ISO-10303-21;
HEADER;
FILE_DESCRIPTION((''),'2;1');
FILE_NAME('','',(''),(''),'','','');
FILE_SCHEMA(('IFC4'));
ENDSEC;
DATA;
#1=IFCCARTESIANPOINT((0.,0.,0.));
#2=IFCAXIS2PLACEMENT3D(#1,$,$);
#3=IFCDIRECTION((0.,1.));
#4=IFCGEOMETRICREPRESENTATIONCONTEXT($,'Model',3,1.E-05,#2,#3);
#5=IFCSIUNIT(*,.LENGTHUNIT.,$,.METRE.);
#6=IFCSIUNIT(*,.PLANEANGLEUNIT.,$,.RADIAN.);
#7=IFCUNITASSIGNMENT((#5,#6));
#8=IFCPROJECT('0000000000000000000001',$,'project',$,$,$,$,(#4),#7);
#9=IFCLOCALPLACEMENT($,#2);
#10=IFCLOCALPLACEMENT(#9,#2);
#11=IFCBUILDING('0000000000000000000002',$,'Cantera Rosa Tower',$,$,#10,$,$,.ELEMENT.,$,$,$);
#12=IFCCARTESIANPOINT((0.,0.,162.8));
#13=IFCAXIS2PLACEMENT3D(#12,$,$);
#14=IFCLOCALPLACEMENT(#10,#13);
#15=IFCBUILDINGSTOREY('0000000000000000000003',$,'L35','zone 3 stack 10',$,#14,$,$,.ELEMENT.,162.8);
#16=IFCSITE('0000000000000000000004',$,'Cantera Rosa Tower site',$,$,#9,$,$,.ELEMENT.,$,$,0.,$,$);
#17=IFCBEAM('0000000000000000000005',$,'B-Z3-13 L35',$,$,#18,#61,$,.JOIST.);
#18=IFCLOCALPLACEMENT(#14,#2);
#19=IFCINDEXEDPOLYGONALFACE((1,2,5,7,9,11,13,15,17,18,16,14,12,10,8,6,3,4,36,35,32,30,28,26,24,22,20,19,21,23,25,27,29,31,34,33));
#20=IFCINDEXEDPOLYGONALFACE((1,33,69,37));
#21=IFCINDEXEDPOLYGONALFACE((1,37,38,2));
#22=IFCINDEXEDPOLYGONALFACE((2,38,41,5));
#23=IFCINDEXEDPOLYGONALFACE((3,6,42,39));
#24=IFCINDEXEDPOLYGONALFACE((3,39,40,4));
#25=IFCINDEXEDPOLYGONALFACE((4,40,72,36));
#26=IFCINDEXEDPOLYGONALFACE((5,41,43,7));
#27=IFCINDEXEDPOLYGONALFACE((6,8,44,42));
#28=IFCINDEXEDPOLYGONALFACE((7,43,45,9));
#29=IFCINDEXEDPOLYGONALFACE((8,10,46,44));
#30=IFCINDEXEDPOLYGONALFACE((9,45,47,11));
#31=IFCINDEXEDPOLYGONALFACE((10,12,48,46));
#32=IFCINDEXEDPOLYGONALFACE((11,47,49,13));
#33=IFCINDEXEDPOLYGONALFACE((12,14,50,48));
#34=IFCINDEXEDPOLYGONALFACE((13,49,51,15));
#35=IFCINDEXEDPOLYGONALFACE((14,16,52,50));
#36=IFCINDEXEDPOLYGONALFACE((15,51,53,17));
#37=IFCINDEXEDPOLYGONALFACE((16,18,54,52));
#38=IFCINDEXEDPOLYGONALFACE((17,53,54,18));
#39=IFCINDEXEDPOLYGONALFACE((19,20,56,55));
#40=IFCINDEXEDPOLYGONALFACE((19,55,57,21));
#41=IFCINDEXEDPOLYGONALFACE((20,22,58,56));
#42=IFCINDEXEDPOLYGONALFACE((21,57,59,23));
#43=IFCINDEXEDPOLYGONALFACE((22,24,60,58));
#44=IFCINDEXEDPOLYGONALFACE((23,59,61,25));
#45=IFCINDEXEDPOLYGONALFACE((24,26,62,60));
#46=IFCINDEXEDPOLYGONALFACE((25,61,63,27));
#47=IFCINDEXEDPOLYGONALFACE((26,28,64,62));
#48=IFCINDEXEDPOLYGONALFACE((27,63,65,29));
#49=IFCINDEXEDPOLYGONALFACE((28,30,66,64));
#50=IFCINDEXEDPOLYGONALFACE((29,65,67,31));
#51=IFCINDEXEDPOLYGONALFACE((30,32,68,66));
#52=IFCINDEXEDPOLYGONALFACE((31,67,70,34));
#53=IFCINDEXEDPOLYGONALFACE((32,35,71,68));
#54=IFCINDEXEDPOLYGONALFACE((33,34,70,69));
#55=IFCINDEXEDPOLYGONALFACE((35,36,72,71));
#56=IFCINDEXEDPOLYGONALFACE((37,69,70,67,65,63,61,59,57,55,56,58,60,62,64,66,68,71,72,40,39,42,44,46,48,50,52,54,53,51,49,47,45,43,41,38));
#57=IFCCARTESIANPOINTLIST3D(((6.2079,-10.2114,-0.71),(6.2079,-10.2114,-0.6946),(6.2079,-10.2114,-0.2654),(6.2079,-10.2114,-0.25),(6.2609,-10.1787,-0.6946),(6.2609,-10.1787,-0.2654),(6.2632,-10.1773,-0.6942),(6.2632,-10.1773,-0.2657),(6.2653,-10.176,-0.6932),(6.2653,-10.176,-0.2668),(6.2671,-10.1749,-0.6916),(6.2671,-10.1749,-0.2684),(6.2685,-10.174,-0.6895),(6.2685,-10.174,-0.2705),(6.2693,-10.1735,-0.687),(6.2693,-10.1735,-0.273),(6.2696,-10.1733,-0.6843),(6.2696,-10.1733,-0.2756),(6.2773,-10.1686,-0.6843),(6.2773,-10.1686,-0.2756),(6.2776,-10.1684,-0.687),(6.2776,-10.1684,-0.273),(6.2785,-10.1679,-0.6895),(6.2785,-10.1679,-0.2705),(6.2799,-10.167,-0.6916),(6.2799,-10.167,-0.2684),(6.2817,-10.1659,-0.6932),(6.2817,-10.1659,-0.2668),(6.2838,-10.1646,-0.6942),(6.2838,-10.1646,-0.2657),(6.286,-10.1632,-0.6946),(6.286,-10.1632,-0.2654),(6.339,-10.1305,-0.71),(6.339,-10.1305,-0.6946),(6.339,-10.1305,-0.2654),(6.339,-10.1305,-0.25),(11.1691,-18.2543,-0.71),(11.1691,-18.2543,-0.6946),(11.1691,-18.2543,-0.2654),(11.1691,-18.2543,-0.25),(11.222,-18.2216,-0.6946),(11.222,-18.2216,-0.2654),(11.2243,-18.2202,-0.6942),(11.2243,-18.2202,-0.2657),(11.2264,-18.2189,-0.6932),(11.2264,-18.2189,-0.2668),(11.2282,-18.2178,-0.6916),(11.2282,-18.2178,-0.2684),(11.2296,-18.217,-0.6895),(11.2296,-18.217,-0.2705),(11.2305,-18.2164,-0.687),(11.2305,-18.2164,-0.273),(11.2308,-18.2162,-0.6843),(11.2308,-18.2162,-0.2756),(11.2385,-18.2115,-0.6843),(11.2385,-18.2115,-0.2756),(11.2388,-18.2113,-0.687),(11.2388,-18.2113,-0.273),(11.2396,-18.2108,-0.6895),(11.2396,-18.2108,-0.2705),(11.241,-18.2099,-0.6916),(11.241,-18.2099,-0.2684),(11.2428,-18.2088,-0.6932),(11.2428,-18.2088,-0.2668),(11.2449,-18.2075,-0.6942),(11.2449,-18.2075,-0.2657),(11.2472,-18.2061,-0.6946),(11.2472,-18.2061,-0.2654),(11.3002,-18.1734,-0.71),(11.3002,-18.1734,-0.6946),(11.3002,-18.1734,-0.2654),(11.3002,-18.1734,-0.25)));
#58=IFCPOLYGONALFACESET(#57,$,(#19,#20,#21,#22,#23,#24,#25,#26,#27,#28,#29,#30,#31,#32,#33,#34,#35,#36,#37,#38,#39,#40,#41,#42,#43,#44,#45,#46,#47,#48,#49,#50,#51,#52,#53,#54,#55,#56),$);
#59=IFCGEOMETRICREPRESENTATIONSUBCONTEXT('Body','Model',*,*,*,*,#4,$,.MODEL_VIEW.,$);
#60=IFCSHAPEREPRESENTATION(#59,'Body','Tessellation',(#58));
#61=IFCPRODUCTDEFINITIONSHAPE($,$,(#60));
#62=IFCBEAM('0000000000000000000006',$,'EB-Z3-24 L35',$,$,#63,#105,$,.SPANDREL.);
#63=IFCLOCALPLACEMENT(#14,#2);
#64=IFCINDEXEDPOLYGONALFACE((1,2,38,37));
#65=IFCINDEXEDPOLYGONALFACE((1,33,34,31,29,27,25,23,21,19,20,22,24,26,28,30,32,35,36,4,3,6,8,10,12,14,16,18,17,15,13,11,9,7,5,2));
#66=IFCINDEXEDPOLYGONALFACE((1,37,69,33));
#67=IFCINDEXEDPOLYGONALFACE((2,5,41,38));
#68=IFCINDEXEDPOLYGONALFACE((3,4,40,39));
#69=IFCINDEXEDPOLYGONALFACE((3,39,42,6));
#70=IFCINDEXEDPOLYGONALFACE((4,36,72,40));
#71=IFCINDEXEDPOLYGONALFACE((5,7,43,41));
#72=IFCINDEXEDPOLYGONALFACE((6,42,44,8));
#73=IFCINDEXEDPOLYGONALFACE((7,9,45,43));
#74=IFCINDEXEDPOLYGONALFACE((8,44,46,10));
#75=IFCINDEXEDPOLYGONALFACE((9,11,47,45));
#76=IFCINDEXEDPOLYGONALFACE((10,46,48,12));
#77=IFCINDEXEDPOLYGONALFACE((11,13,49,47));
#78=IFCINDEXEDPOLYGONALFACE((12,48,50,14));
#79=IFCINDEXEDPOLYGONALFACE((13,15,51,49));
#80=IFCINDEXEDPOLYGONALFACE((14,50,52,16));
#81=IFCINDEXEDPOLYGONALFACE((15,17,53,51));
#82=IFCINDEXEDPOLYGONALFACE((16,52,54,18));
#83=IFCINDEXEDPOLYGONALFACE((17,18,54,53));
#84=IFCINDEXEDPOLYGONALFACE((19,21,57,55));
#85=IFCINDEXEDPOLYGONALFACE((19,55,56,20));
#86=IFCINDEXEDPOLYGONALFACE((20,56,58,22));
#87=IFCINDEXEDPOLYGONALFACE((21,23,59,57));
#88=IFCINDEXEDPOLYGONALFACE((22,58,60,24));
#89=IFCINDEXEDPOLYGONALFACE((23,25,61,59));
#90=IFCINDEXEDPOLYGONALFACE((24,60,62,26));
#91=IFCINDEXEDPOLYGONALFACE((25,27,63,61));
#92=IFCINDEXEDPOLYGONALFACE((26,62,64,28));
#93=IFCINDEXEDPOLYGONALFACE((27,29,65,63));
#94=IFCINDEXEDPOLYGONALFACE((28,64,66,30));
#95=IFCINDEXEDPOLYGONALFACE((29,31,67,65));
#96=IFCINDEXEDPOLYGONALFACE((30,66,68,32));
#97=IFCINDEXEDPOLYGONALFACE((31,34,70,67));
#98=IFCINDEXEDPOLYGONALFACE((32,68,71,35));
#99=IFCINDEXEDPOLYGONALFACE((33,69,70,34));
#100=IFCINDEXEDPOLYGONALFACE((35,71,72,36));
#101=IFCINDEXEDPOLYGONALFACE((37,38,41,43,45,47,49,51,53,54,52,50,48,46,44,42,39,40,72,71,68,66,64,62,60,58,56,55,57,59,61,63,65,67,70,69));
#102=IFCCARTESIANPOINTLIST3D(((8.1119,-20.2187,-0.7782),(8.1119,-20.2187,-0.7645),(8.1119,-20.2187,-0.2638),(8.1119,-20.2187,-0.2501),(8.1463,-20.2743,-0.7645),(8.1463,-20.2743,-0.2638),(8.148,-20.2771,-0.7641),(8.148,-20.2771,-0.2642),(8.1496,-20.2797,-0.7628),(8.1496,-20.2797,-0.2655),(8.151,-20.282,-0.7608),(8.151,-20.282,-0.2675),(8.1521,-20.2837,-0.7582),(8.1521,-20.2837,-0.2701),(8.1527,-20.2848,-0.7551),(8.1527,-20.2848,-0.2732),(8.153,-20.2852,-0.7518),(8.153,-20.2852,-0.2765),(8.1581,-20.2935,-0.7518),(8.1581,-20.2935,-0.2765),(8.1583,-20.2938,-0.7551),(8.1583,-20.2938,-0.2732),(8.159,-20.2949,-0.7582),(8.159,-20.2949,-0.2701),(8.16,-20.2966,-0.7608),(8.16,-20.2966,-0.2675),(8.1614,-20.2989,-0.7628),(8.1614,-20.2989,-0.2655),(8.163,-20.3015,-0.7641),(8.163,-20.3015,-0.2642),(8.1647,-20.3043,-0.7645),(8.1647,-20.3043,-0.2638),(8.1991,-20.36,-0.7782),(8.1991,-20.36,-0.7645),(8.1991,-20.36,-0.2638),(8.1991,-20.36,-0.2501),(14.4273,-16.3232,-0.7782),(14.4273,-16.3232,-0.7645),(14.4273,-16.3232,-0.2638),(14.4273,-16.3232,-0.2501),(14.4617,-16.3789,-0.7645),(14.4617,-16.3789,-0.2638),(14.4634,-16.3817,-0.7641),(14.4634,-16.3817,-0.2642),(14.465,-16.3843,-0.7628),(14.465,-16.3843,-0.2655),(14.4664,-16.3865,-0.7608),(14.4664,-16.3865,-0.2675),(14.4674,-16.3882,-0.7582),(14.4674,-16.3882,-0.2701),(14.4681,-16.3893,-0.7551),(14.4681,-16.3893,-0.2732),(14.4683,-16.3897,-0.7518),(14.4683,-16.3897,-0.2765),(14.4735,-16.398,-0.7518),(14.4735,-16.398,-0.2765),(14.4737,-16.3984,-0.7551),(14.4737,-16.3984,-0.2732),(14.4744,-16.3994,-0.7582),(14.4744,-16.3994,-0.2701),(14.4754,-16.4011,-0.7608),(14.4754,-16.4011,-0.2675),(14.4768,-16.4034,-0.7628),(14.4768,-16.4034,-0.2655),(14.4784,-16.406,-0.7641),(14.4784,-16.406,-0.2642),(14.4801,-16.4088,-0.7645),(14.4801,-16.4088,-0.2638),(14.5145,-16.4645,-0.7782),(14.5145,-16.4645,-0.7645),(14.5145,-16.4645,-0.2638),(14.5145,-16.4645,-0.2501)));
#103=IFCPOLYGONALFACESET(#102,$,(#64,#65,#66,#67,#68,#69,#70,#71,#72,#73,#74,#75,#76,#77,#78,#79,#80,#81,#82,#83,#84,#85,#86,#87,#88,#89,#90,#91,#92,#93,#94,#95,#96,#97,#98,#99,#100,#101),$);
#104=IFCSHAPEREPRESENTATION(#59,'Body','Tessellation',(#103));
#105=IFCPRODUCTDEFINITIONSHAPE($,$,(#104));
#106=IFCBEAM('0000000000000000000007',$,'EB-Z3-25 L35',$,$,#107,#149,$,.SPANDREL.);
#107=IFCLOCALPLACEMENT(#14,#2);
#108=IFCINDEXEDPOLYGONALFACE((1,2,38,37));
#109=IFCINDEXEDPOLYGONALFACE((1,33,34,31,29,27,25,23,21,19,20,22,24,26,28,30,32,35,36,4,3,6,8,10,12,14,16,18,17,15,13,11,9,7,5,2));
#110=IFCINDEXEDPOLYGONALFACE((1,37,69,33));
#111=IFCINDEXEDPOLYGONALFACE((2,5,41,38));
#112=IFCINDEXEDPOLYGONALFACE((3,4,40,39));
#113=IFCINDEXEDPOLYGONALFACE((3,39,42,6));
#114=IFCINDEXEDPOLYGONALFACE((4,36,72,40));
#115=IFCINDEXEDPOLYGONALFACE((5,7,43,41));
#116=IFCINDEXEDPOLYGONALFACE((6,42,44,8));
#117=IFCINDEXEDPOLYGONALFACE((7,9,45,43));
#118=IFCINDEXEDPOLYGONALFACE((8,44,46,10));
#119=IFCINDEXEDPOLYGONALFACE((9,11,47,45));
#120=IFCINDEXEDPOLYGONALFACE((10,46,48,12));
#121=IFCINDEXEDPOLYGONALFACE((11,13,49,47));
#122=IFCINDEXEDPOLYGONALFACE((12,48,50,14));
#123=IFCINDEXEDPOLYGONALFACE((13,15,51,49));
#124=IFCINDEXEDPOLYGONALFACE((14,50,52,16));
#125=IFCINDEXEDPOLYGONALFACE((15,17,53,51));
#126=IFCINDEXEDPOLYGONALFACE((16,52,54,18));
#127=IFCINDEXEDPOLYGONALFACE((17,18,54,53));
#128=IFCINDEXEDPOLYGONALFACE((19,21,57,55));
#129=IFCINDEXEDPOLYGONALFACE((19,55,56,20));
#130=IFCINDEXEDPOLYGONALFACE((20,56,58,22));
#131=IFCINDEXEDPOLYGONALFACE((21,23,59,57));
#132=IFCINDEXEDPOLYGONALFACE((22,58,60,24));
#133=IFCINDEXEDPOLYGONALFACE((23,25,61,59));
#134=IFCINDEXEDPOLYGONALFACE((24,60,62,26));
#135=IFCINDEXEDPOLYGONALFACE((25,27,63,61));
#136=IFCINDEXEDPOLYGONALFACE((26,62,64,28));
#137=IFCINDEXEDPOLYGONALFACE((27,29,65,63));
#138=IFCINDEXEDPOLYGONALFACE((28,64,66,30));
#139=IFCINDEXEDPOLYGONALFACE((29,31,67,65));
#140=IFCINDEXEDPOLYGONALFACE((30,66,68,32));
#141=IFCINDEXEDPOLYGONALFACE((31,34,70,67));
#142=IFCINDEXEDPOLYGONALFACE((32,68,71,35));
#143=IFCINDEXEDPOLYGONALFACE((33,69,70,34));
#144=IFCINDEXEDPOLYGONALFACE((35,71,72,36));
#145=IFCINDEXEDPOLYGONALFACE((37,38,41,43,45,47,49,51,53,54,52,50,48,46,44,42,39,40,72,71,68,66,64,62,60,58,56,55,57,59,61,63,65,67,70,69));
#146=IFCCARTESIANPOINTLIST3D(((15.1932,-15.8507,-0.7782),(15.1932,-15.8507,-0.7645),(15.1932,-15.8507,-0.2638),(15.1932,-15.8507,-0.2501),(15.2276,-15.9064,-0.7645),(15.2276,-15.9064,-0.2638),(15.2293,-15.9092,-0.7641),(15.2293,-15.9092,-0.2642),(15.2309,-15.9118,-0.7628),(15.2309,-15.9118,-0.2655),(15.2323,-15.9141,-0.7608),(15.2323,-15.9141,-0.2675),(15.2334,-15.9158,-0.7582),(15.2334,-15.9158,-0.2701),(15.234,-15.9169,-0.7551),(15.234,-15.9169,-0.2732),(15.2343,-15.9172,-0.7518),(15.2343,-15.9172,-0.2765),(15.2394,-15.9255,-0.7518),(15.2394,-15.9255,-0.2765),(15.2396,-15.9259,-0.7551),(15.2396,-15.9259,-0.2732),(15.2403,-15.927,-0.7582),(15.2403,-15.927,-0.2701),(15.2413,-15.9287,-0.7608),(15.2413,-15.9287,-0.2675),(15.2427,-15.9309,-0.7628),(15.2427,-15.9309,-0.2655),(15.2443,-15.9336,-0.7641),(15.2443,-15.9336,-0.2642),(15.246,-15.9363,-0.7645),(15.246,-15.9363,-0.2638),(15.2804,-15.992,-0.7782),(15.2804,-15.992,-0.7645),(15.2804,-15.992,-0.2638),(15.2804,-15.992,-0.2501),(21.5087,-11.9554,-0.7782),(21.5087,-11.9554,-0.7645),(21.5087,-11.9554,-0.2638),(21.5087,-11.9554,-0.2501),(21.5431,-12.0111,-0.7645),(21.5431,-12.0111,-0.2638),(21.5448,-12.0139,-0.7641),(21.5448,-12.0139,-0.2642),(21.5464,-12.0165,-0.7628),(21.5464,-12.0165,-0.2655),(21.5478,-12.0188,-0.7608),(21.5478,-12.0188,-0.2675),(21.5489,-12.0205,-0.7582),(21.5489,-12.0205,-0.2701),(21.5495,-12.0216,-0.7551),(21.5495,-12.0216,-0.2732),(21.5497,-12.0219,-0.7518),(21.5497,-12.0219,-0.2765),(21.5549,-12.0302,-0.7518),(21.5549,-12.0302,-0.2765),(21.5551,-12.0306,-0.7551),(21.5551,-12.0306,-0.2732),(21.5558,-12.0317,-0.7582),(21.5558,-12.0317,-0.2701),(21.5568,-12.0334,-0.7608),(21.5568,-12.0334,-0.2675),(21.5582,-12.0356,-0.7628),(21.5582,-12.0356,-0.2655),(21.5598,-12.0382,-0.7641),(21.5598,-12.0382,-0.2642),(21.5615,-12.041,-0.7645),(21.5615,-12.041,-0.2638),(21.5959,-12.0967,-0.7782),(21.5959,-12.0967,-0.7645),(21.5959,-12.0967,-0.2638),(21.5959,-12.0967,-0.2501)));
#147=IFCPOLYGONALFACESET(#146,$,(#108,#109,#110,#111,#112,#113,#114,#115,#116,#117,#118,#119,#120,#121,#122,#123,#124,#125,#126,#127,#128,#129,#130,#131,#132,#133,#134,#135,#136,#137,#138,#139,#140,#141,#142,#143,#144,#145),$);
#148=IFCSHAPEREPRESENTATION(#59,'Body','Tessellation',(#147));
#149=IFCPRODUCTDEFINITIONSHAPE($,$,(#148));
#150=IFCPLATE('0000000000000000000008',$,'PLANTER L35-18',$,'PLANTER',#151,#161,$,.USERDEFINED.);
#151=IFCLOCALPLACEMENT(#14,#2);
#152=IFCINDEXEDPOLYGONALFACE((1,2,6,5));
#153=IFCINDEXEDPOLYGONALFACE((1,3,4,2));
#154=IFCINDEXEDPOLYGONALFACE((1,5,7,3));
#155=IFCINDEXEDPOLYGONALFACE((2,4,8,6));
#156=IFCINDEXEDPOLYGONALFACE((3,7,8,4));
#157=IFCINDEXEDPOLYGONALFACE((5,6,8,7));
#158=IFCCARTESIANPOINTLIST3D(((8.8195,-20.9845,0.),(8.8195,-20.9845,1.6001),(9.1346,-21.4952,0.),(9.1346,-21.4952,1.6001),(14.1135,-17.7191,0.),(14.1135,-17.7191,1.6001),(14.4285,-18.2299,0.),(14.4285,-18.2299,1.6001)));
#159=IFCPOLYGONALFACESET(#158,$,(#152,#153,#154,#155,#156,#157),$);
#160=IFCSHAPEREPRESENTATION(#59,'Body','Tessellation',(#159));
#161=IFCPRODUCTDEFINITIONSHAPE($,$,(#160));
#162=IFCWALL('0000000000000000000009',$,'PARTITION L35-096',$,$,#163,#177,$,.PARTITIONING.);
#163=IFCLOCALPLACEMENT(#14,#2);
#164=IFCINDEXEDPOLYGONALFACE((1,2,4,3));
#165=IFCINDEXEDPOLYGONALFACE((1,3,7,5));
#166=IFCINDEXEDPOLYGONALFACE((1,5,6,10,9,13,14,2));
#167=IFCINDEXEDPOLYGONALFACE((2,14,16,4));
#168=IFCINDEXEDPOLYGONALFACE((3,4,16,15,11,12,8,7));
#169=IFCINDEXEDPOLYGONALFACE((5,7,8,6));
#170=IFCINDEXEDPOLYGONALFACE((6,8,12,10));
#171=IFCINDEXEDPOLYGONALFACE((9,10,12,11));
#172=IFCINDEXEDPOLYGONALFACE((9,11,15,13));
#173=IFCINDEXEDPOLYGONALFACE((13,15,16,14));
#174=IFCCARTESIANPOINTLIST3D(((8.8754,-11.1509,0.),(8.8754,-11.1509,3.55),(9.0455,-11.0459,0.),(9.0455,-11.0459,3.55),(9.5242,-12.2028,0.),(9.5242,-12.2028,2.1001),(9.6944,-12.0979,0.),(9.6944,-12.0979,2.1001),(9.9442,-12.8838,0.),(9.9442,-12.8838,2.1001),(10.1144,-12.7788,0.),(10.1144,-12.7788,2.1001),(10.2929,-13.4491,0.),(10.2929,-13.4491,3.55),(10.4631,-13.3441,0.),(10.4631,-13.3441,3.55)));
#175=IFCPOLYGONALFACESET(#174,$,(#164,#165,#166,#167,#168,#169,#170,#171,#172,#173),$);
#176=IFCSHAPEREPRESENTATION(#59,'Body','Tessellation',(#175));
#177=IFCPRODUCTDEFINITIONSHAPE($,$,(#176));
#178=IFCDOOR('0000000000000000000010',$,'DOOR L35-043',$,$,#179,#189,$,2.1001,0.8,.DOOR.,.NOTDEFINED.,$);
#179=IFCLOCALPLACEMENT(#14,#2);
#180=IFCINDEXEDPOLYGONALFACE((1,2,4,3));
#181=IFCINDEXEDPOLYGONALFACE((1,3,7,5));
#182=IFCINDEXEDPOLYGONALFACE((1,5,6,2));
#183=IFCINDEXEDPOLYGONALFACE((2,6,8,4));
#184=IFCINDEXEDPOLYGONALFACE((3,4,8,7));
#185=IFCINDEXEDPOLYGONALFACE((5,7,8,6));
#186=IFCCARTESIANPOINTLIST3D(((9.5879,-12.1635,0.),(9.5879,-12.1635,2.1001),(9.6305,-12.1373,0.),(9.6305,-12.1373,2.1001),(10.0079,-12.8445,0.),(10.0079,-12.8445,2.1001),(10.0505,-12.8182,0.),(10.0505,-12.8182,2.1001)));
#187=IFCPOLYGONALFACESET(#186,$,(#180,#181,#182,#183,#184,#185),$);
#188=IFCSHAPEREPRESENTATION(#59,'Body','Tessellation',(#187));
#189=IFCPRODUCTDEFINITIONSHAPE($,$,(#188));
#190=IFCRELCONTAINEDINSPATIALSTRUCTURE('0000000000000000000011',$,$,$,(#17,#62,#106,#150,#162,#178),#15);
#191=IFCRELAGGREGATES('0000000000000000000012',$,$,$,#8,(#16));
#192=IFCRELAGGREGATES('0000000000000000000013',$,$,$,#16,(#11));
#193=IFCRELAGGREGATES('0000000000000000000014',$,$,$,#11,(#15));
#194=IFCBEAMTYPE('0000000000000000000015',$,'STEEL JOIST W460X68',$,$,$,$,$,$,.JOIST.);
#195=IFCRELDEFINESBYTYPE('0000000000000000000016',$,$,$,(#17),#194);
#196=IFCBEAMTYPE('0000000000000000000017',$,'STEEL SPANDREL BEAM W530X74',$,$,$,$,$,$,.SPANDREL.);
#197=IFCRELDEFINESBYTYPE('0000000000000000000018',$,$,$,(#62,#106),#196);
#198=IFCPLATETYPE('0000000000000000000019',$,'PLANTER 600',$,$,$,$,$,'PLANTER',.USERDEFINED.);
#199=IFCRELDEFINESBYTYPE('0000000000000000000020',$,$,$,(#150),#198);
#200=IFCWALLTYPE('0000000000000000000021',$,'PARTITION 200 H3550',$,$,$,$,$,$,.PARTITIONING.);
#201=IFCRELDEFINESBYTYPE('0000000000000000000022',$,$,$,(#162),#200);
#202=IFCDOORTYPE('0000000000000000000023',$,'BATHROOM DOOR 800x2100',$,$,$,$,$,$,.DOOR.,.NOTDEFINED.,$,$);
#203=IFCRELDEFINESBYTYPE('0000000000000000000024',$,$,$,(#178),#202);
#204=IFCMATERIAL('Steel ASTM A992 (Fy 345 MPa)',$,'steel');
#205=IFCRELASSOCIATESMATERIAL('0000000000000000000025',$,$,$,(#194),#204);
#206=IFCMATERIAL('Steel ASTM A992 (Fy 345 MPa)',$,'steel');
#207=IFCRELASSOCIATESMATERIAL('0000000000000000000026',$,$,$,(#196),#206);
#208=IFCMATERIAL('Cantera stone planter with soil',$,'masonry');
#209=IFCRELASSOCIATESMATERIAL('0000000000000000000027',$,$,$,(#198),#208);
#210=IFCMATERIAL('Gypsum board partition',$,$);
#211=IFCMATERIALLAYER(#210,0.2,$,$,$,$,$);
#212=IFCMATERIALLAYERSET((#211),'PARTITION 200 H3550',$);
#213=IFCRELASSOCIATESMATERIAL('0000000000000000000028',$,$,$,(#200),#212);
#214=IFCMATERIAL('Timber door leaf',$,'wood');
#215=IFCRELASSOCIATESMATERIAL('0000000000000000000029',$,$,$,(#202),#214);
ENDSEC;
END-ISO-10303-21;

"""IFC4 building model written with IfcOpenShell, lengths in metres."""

from ifc_helpers import new_model, si_unit, direction, frame, frame_2d, origin, origin_2d, place, context, subcontext, project, spatial, rectangle, i_section, extrude, material, layer, layer_set, material_profile, profile_set, type_object, element, fill, save


model = new_model("IFC4")

# Units and contexts
model_context = context("Model", 3, precision=1e-05, world=origin(), true_north=direction((0.0, 1.0)))
body_context = subcontext(model_context, "Body", "Model", "MODEL_VIEW")
ifc_project = project(units=[si_unit("LENGTHUNIT", "METRE"), si_unit("PLANEANGLEUNIT", "RADIAN")], contexts=[model_context])

# Site, building, storey
site_placement = place(None, origin())
site = spatial("IfcSite", under=ifc_project, at=site_placement, Name="Cantera Rosa Tower site", CompositionType="ELEMENT", RefElevation=0.0)
building_placement = place(site_placement, origin())
building = spatial("IfcBuilding", under=site, at=building_placement, Name="Cantera Rosa Tower", CompositionType="ELEMENT")
storey_placement = place(building_placement, frame((0.0, 0.0, 162.8)))
storey = spatial("IfcBuildingStorey", under=building, at=storey_placement, Name="L35", Description="zone 3 stack 10", CompositionType="ELEMENT", Elevation=162.8)

# Beams
ifc_material_1 = material(Name="Steel ASTM A992 (Fy 345 MPa)", Category="steel")
ifc_material_profile_1 = material_profile(ifc_material_1, i_section(OverallWidth=0.1541, OverallDepth=0.46, WebThickness=0.009, FlangeThickness=0.0154, FilletRadius=0.0103, at=origin_2d()), Name="W460X68")
ifc_profile_set_1 = profile_set([ifc_material_profile_1], Name="Steel ASTM A992 (Fy 345 MPa)")
beam_type_1 = type_object("IfcBeamType", Name="STEEL JOIST W460X68", PredefinedType="JOIST", material=ifc_profile_set_1)
beam_1_placement = place(storey_placement, frame((11.2346, -18.2139, -0.48), z_axis=(-0.524992, 0.851107, 0.0), x_axis=(-0.851107, -0.524992, 0.0)))
element("IfcBeam", 1, at=beam_1_placement, inside=storey, type_object=beam_type_1, Name="B-Z3-13 L35", PredefinedType="JOIST", context=body_context, shape_type="SweptSolid", body=[
    extrude(i_section(OverallWidth=0.1541, OverallDepth=0.46, WebThickness=0.009, FlangeThickness=0.0154, FilletRadius=0.0103, at=origin_2d()), origin(), (0.0, 0.0, 1.0), 9.45),
])
ifc_material_2 = material(Name="Steel ASTM A992 (Fy 345 MPa)", Category="steel")
ifc_material_profile_2 = material_profile(ifc_material_2, i_section(OverallWidth=0.166, OverallDepth=0.5281, WebThickness=0.0098, FlangeThickness=0.0137, FilletRadius=0.0127, at=origin_2d()), Name="W530X74")
ifc_profile_set_2 = profile_set([ifc_material_profile_2], Name="Steel ASTM A992 (Fy 345 MPa)")
beam_type_2 = type_object("IfcBeamType", Name="STEEL SPANDREL BEAM W530X74", PredefinedType="SPANDREL", material=ifc_profile_set_2)
for number, where, z_axis, x_axis, name in (
    (2, (8.1555, -20.2893, -0.5142), (0.851111, 0.524986, 0.0), (-0.524986, 0.851111, 0.0), "EB-Z3-24 L35"),
    (3, (15.2368, -15.9214, -0.5142), (0.851126, 0.524962, 0.0), (-0.524962, 0.851126, 0.0), "EB-Z3-25 L35"),
):
    element("IfcBeam", number, at=place(storey_placement, frame(where, z_axis=z_axis, x_axis=x_axis)), inside=storey, type_object=beam_type_2, Name=name, PredefinedType="SPANDREL", context=body_context, shape_type="SweptSolid", body=[
        extrude(i_section(OverallWidth=0.166, OverallDepth=0.5281, WebThickness=0.0098, FlangeThickness=0.0137, FilletRadius=0.0127, at=origin_2d()), origin(), (0.0, 0.0, 1.0), 7.4202),
    ])

# Plate
ifc_material_3 = material(Name="Cantera stone planter with soil", Category="masonry")
plate_type = type_object("IfcPlateType", Name="PLANTER 600", ElementType="PLANTER", PredefinedType="USERDEFINED", material=ifc_material_3)
plate_placement = place(storey_placement, frame((11.624, -19.6072, 0.0), z_axis=(0.0, 0.0, 1.0), x_axis=(0.851117, 0.524977, 0.0)))
element("IfcPlate", 4, at=plate_placement, inside=storey, type_object=plate_type, Name="PLANTER L35-18", ObjectType="PLANTER", PredefinedType="USERDEFINED", context=body_context, shape_type="SweptSolid", body=[
    extrude(rectangle(XDim=6.22, YDim=0.6001, at=origin_2d()), origin(), (0.0, 0.0, 1.0), 1.6001),
])

# Wall, opening, door
ifc_material_4 = material(Name="Gypsum board partition")
ifc_layer_1 = layer(ifc_material_4, 0.2)
ifc_layer_set_1 = layer_set([ifc_layer_1], Name="PARTITION 200 H3550")
wall_type_1 = type_object("IfcWallType", Name="PARTITION 200 H3550", PredefinedType="PARTITIONING", material=ifc_layer_set_1)
wall_1_placement = place(storey_placement, frame((8.9604, -11.0984, 0.0), z_axis=(0.0, 0.0, 1.0), x_axis=(0.524975, -0.851118, 0.0)))
wall_1 = element("IfcWall", 5, at=wall_1_placement, inside=storey, type_object=wall_type_1, Name="PARTITION L35-096", PredefinedType="PARTITIONING", context=body_context, shape_type="SweptSolid", body=[
    extrude(rectangle(XDim=2.7002, YDim=0.2, at=frame_2d((1.3501, 0.0))), origin(), (0.0, 0.0, 1.0), 3.55),
])
opening_1_placement = place(wall_1_placement, frame((1.2361, 0.0, 0.0)))
opening_1 = element("IfcOpeningElement", 6, at=opening_1_placement, cuts=wall_1, PredefinedType="OPENING", context=body_context, shape_type="SweptSolid", body=[
    extrude(rectangle(XDim=0.8, YDim=2.1001, at=frame_2d((0.3999, 1.05))), frame((0.0, 0.1099, 0.0), z_axis=(0.0, -1.0, 0.0), x_axis=(1.0, 0.0, 0.0)), (0.0, 0.0, 1.0), 0.22),
])
ifc_material_5 = material(Name="Timber door leaf", Category="wood")
door_type_1 = type_object("IfcDoorType", Name="BATHROOM DOOR 800x2100", OperationType="NOTDEFINED", PredefinedType="DOOR", material=ifc_material_5)
door_1_placement = place(opening_1_placement, origin())
door_1 = element("IfcDoor", 7, at=door_1_placement, inside=storey, type_object=door_type_1, Name="DOOR L35-043", OperationType="NOTDEFINED", OverallHeight=2.1001, OverallWidth=0.8, PredefinedType="DOOR", context=body_context, shape_type="SweptSolid", body=[
    extrude(rectangle(XDim=0.8, YDim=2.1001, at=frame_2d((0.3999, 1.05))), frame((0.0, 0.0249, 0.0), z_axis=(0.0, -1.0, 0.0), x_axis=(1.0, 0.0, 0.0)), (0.0, 0.0, 1.0), 0.05),
])
fill(opening_1, door_1)

save(model, "model.ifc")
